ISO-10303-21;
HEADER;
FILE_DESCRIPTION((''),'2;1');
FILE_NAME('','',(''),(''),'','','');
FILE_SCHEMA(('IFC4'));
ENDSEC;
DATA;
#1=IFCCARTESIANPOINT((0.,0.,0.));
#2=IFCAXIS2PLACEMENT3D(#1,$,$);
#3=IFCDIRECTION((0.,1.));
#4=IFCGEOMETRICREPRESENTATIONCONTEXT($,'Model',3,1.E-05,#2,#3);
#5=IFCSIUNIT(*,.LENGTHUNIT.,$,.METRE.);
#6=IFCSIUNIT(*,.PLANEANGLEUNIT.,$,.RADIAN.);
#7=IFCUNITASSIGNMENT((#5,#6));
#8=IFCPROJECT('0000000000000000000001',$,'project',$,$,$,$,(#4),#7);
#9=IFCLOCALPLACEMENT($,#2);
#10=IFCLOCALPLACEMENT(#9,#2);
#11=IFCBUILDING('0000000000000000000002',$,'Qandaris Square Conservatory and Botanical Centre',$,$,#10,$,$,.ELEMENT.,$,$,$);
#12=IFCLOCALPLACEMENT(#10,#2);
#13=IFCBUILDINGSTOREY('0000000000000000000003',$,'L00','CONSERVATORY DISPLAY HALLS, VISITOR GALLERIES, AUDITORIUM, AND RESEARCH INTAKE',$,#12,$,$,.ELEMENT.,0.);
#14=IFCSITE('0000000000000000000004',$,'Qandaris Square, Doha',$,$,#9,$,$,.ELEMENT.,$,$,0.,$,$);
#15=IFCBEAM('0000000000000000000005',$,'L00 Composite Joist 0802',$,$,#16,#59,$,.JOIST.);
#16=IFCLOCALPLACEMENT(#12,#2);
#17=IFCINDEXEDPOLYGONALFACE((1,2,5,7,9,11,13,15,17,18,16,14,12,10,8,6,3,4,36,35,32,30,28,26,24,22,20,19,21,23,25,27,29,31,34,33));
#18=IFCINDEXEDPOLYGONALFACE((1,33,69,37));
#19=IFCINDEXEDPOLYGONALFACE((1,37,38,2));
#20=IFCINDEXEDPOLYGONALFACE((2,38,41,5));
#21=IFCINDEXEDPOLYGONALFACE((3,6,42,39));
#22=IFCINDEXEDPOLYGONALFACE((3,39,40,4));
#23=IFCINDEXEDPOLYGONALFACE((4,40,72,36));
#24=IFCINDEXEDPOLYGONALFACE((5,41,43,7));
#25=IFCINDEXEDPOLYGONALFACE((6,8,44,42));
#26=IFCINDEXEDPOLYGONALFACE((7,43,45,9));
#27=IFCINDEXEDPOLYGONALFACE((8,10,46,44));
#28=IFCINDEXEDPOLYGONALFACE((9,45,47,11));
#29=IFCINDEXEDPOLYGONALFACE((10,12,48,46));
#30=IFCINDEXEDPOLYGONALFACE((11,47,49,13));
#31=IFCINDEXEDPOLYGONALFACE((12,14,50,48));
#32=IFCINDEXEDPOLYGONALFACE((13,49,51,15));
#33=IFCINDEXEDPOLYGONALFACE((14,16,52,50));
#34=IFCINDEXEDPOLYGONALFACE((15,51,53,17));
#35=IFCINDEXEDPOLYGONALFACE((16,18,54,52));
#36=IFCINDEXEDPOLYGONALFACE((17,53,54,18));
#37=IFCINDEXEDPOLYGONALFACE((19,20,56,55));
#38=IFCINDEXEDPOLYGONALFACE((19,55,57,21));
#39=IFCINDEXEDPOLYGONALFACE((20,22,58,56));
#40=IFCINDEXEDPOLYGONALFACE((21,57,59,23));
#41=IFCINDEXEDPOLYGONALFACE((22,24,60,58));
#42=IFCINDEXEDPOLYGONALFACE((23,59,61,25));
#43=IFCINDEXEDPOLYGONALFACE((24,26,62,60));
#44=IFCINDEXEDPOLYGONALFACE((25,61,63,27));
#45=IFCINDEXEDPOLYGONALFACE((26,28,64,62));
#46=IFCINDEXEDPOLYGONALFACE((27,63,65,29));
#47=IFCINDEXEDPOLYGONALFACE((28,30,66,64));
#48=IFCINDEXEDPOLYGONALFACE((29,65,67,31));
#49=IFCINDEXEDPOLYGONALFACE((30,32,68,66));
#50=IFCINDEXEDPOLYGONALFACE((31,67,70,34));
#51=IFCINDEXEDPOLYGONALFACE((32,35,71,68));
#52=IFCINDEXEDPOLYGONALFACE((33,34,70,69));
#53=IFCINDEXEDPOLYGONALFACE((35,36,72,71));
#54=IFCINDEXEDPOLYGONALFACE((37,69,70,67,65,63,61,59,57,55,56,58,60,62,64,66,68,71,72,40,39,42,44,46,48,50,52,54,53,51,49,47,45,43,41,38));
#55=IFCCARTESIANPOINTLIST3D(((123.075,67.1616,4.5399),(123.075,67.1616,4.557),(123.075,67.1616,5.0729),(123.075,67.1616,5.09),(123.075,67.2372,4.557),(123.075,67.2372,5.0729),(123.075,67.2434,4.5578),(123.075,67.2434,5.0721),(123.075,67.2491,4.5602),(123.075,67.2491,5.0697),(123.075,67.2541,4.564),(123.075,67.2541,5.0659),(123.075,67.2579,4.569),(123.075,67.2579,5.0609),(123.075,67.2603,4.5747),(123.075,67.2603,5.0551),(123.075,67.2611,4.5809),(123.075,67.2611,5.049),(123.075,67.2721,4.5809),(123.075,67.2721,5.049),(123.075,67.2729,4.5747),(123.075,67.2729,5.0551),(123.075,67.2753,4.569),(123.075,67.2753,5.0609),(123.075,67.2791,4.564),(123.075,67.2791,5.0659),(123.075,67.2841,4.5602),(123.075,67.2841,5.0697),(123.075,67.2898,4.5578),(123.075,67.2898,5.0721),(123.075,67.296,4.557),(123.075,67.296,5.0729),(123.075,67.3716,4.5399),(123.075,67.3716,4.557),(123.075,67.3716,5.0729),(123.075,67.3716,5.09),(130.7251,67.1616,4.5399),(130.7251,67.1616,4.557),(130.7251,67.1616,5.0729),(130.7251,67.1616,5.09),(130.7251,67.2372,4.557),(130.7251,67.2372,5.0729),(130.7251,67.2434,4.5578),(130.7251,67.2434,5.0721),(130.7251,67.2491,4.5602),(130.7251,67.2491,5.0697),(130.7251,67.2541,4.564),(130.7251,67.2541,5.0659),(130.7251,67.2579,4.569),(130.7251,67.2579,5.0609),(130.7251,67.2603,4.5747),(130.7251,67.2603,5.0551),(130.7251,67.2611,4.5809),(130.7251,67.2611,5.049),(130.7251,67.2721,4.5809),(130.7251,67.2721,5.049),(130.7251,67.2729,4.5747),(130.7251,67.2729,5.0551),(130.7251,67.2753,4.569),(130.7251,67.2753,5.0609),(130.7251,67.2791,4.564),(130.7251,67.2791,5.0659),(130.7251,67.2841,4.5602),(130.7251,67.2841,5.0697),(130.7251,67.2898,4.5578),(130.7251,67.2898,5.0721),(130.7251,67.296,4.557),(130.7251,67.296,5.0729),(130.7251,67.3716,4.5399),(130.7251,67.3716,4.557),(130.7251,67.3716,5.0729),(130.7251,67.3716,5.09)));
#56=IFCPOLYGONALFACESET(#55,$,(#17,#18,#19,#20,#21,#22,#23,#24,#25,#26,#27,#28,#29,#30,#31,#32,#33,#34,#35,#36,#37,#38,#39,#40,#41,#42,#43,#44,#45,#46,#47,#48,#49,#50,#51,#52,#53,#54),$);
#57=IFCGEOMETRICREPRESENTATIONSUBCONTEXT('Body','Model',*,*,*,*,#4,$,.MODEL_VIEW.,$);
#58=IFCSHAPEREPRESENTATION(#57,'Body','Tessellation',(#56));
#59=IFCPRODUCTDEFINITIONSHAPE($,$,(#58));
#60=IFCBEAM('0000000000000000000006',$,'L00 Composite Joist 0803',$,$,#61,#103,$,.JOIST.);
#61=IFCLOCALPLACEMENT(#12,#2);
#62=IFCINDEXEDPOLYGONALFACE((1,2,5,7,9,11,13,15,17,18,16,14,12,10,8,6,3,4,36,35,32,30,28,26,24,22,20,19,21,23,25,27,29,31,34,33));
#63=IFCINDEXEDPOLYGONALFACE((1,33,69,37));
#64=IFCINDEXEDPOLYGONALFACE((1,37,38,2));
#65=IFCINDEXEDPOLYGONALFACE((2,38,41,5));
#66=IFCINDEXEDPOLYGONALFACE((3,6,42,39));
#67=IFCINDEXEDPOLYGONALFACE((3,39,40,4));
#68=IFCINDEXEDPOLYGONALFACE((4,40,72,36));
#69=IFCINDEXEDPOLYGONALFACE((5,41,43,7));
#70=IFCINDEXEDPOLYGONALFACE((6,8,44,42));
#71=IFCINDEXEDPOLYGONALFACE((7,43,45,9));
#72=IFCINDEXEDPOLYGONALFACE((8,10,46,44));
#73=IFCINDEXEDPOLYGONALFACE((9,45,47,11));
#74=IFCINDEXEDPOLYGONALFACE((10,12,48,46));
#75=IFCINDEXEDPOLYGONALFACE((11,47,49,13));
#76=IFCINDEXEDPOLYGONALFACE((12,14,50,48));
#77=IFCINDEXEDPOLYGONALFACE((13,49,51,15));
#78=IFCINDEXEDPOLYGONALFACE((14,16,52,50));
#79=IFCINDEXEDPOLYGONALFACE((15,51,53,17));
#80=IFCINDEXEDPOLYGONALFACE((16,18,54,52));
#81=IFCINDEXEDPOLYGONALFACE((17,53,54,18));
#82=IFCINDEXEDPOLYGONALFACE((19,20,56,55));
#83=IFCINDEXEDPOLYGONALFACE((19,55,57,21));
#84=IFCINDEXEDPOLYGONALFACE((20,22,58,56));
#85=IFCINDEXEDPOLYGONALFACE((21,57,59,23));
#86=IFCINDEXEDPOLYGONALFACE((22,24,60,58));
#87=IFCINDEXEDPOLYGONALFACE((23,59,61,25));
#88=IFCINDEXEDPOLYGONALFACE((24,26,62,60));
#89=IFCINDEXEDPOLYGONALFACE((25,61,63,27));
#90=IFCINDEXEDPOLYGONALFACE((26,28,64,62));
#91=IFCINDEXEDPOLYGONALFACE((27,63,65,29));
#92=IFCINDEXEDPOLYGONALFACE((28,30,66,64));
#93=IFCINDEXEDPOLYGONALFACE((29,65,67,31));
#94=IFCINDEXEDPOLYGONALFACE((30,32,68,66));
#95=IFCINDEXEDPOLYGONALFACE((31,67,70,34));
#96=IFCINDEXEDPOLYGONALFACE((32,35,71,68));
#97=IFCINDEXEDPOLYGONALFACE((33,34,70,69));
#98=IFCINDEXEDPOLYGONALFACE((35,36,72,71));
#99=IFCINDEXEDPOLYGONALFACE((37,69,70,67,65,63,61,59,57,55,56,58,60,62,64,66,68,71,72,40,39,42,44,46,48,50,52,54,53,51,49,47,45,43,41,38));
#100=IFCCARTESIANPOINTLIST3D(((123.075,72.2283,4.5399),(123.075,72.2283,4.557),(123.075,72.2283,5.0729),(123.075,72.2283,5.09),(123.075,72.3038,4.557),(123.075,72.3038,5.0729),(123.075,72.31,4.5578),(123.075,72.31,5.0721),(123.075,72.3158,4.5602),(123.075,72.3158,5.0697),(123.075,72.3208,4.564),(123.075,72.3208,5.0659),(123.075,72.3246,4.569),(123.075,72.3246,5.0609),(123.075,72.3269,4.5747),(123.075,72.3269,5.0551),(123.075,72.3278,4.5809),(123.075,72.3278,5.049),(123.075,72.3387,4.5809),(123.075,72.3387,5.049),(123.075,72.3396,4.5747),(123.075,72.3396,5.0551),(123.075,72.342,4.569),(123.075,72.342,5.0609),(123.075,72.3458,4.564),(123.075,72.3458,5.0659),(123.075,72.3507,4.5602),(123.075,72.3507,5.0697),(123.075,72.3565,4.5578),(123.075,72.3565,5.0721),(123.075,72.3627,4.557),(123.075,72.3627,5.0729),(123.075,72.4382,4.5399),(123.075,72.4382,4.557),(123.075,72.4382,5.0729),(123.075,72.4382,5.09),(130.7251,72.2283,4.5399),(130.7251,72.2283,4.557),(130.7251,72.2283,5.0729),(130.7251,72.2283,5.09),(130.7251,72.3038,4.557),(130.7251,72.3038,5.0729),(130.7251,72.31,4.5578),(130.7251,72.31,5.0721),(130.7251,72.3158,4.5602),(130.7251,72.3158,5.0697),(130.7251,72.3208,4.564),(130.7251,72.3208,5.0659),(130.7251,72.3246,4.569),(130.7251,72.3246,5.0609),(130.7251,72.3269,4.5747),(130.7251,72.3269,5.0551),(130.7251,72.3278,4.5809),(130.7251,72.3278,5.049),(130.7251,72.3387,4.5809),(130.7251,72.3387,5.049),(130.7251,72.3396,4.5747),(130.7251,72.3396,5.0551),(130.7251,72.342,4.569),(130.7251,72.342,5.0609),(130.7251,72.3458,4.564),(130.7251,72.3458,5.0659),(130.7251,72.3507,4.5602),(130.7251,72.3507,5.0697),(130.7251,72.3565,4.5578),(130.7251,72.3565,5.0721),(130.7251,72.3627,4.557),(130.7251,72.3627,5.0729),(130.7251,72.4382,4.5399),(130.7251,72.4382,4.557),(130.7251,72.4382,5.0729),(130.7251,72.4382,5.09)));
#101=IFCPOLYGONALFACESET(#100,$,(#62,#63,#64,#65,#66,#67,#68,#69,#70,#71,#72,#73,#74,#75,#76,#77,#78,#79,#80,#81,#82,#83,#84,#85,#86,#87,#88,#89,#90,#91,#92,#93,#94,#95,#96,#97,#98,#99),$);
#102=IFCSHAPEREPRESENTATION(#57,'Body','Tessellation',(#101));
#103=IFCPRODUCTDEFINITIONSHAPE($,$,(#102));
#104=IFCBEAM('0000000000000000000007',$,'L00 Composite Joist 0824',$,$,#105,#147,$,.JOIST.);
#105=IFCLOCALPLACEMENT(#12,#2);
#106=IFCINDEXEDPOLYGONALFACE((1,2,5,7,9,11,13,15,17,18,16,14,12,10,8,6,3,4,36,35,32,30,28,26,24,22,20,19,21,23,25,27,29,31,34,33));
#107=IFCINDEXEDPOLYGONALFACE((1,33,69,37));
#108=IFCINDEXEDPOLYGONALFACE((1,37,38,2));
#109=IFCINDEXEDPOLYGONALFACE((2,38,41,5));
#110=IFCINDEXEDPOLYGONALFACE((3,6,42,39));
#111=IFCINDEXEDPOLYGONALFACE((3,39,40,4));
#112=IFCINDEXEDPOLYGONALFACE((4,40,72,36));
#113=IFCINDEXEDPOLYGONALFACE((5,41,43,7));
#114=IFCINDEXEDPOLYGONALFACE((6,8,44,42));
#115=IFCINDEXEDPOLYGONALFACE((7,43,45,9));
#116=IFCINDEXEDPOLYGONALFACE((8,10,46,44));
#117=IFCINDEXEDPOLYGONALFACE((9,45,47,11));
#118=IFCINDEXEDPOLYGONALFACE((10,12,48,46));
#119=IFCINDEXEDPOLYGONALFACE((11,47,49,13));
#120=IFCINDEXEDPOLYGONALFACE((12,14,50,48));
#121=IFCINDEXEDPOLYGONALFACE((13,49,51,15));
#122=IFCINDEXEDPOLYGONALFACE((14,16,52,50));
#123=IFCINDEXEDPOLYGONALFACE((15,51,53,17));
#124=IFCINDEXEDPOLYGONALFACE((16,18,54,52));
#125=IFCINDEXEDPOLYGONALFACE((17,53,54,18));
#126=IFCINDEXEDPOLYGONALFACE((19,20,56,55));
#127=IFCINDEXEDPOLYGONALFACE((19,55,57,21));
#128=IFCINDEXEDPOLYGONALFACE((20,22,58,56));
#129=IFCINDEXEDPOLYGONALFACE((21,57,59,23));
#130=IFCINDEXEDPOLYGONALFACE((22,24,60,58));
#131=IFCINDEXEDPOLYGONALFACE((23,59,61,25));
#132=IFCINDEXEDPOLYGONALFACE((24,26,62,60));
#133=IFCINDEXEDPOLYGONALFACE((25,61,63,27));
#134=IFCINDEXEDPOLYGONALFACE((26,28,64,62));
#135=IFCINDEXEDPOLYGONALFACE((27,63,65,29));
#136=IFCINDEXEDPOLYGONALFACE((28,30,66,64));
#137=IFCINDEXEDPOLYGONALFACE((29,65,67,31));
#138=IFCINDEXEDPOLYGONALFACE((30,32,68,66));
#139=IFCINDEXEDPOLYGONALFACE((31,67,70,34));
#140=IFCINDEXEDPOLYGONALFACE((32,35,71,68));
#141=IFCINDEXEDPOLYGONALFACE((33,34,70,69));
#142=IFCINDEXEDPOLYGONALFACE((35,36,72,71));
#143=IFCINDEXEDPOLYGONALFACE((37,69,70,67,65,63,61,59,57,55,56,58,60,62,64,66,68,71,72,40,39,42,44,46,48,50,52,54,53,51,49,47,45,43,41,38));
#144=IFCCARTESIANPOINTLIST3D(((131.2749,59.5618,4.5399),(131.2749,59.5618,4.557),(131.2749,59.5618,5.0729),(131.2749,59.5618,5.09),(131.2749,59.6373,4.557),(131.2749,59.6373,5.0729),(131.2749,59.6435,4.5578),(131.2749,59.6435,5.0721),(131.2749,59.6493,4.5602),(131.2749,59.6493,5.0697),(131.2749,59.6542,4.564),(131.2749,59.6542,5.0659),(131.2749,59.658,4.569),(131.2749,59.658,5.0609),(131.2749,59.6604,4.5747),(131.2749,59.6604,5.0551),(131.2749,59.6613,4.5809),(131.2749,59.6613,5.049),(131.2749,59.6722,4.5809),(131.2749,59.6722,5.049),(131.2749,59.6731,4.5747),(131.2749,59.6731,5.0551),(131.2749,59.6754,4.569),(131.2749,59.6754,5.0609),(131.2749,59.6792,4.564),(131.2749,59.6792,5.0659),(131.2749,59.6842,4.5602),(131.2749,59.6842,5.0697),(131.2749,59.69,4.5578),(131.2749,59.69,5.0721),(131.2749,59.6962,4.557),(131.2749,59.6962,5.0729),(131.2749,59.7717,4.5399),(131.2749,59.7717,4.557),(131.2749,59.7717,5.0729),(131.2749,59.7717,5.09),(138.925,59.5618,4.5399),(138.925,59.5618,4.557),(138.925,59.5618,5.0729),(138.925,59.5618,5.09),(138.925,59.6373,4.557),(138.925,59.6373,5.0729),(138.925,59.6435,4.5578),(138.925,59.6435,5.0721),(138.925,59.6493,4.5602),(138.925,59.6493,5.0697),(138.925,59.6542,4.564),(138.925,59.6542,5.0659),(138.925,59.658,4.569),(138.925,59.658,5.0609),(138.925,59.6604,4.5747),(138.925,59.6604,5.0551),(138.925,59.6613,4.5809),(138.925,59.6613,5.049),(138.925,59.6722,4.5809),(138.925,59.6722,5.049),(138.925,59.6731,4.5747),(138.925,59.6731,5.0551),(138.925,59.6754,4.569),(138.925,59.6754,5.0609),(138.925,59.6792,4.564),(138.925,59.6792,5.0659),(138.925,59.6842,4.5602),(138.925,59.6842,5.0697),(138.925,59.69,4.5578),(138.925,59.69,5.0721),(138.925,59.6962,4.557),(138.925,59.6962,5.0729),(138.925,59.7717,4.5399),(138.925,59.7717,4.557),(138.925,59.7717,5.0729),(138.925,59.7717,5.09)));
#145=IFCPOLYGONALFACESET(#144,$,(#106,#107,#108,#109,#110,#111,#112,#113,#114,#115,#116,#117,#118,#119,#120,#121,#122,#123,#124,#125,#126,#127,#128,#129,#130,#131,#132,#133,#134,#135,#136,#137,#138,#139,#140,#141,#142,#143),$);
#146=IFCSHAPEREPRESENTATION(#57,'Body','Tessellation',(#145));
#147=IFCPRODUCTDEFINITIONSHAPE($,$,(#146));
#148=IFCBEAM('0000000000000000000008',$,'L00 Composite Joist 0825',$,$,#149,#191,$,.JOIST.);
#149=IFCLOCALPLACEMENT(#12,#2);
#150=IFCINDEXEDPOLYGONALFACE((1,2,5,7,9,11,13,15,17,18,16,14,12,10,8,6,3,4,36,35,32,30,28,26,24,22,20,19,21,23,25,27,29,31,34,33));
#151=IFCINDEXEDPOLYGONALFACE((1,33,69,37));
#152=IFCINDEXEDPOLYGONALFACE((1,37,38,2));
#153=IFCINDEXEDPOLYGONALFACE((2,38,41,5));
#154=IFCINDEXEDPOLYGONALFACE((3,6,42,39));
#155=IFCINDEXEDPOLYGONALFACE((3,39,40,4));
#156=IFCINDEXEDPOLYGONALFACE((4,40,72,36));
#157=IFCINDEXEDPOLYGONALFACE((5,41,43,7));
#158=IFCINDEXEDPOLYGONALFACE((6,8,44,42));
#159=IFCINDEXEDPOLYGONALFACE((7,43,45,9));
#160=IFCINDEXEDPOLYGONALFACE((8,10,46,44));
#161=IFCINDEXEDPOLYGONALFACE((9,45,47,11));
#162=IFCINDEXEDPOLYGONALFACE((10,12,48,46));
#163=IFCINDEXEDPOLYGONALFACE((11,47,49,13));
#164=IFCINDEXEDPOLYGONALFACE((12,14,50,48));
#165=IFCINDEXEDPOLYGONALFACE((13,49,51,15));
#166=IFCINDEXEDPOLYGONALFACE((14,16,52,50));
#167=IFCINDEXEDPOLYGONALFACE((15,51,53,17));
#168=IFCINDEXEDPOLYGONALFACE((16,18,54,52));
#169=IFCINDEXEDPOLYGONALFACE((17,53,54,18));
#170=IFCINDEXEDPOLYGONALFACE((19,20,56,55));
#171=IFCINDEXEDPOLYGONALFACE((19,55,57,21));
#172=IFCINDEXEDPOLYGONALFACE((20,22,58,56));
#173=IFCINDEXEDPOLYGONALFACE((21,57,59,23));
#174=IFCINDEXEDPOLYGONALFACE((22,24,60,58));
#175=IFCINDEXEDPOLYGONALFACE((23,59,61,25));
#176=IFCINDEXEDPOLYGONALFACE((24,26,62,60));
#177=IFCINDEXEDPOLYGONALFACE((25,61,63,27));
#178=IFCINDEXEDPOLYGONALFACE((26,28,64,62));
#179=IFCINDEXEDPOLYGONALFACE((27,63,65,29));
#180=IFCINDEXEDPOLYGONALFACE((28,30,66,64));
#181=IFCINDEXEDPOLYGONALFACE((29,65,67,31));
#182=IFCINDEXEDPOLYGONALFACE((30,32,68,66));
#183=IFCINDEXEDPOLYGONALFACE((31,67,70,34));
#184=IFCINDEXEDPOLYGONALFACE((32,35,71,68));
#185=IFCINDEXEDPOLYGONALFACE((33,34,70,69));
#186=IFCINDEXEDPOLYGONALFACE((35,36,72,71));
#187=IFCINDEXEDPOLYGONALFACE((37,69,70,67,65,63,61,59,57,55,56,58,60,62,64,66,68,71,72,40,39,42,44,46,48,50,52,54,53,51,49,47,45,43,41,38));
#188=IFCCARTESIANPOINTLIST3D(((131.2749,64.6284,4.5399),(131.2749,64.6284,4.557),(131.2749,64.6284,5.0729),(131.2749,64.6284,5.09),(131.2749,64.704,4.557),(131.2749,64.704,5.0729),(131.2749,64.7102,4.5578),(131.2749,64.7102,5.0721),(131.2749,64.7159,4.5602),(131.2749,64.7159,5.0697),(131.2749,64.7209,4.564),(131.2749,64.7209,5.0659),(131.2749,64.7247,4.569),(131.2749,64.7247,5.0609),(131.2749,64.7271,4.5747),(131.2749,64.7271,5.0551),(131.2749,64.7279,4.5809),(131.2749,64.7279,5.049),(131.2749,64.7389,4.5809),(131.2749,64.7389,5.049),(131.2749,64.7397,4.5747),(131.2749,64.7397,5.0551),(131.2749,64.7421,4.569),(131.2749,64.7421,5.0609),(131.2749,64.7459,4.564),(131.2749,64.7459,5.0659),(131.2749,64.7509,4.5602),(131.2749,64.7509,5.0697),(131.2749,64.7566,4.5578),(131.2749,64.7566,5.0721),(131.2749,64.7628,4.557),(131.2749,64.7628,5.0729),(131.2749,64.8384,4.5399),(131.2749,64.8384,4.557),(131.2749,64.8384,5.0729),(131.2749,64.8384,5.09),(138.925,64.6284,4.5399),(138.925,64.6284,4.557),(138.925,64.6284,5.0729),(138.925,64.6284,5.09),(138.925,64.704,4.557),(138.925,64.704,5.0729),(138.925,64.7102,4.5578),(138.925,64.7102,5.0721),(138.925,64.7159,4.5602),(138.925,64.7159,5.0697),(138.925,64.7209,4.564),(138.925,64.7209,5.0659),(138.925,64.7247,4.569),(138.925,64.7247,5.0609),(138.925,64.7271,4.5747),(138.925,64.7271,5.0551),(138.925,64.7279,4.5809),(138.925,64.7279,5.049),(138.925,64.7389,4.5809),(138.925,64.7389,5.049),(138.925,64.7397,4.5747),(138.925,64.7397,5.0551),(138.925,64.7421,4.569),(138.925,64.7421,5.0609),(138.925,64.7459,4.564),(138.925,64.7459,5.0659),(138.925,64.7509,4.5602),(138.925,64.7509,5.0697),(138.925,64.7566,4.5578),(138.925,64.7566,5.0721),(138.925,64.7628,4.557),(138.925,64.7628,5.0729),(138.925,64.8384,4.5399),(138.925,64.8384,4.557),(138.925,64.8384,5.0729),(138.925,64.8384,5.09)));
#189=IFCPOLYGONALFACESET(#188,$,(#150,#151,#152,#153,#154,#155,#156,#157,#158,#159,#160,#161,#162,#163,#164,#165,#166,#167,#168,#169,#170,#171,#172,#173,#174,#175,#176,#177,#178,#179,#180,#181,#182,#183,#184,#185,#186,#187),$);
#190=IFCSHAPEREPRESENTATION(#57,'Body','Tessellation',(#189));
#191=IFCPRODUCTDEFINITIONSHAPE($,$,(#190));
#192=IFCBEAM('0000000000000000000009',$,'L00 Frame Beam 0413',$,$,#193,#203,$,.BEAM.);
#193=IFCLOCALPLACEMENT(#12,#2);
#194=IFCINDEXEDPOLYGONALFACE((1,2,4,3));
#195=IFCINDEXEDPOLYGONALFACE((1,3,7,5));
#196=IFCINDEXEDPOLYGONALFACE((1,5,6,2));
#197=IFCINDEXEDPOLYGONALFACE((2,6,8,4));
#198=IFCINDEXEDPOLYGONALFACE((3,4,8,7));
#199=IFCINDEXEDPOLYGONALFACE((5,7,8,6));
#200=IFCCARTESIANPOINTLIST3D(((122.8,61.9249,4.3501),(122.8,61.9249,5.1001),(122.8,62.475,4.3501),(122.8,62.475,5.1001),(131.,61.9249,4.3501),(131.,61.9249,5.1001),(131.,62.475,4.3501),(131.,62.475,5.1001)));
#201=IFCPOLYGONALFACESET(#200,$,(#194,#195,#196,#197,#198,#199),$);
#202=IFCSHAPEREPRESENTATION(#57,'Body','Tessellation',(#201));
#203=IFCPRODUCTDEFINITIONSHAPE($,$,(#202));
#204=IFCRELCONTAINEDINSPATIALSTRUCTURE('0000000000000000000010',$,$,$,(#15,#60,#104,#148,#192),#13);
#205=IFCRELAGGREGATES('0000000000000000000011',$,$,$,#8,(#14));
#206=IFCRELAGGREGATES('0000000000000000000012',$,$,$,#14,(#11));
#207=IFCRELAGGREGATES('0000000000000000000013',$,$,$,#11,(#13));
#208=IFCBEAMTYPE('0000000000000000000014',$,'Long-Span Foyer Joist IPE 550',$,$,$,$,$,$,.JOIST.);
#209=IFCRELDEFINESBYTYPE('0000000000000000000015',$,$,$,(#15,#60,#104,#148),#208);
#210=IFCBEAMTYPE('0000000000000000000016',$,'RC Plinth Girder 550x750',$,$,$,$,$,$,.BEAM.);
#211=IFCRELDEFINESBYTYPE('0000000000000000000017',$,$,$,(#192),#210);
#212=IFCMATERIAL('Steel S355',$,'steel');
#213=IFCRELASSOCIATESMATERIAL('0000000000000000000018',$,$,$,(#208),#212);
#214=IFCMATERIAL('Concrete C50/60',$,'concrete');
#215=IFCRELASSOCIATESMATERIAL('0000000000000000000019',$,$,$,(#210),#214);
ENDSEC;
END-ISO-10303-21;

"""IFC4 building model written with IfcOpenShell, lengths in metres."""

from ifc_helpers import new_model, si_unit, direction, frame, origin, origin_2d, place, context, subcontext, project, spatial, rectangle, i_section, extrude, material, material_profile, profile_set, type_object, element, save


model = new_model("IFC4")

# Units and contexts
model_context = context("Model", 3, precision=1e-05, world=origin(), true_north=direction((0.0, 1.0)))
body_context = subcontext(model_context, "Body", "Model", "MODEL_VIEW")
ifc_project = project(units=[si_unit("LENGTHUNIT", "METRE"), si_unit("PLANEANGLEUNIT", "RADIAN")], contexts=[model_context])

# Site, building, storey
site_placement = place(None, origin())
site = spatial("IfcSite", under=ifc_project, at=site_placement, Name="Qandaris Square, Doha", CompositionType="ELEMENT", RefElevation=0.0)
building_placement = place(site_placement, origin())
building = spatial("IfcBuilding", under=site, at=building_placement, Name="Qandaris Square Conservatory and Botanical Centre", CompositionType="ELEMENT")
storey_placement = place(building_placement, origin())
storey = spatial("IfcBuildingStorey", under=building, at=storey_placement, Name="L00", Description="CONSERVATORY DISPLAY HALLS, VISITOR GALLERIES, AUDITORIUM, AND RESEARCH INTAKE", CompositionType="ELEMENT", Elevation=0.0)

# Shared definitions
ifc_material_1 = material(Name="Concrete C50/60", Category="concrete")

# Beams
ifc_material_2 = material(Name="Steel S355", Category="steel")
ifc_material_profile_1 = material_profile(ifc_material_2, i_section(OverallWidth=0.21, OverallDepth=0.55, WebThickness=0.011, FlangeThickness=0.0171, FilletRadius=0.0239, at=origin_2d()), Name="IPE 550")
ifc_profile_set_1 = profile_set([ifc_material_profile_1], Name="Steel S355")
beam_type_1 = type_object("IfcBeamType", Name="Long-Span Foyer Joist IPE 550", PredefinedType="JOIST", material=ifc_profile_set_1)
for number, where, z_axis, x_axis, name in (
    (1, (123.075, 67.2666, 4.8149), (1.0, 0.0, 0.0), (0.0, 1.0, 0.0), "L00 Composite Joist 0802"),
    (2, (123.075, 72.3333, 4.8149), (1.0, 0.0, 0.0), (0.0, 1.0, 0.0), "L00 Composite Joist 0803"),
    (3, (131.2749, 59.6667, 4.8149), (1.0, 0.0, 0.0), (0.0, 1.0, 0.0), "L00 Composite Joist 0824"),
    (4, (131.2749, 64.7334, 4.8149), (1.0, 0.0, 0.0), (0.0, 1.0, 0.0), "L00 Composite Joist 0825"),
):
    element("IfcBeam", number, at=place(storey_placement, frame(where, z_axis=z_axis, x_axis=x_axis)), inside=storey, type_object=beam_type_1, Name=name, PredefinedType="JOIST", context=body_context, shape_type="SweptSolid", body=[
        extrude(i_section(OverallWidth=0.21, OverallDepth=0.55, WebThickness=0.011, FlangeThickness=0.0171, FilletRadius=0.0239, at=origin_2d()), origin(), (0.0, 0.0, 1.0), 7.6501),
    ])
ifc_material_profile_2 = material_profile(ifc_material_1, rectangle(XDim=0.55, YDim=0.75, at=origin_2d()), Name="RC-BM 550x750")
ifc_profile_set_2 = profile_set([ifc_material_profile_2], Name="Concrete C50/60")
beam_type_2 = type_object("IfcBeamType", Name="RC Plinth Girder 550x750", PredefinedType="BEAM", material=ifc_profile_set_2)
for number, where, z_axis, x_axis, name in (
    (5, (122.8, 62.2, 4.7251), (1.0, 0.0, 0.0), (0.0, 1.0, 0.0), "L00 Frame Beam 0413"),
):
    element("IfcBeam", number, at=place(storey_placement, frame(where, z_axis=z_axis, x_axis=x_axis)), inside=storey, type_object=beam_type_2, Name=name, PredefinedType="BEAM", context=body_context, shape_type="SweptSolid", body=[
        extrude(rectangle(XDim=0.55, YDim=0.75, at=origin_2d()), origin(), (0.0, 0.0, 1.0), 8.2),
    ])

save(model, "model.ifc")
